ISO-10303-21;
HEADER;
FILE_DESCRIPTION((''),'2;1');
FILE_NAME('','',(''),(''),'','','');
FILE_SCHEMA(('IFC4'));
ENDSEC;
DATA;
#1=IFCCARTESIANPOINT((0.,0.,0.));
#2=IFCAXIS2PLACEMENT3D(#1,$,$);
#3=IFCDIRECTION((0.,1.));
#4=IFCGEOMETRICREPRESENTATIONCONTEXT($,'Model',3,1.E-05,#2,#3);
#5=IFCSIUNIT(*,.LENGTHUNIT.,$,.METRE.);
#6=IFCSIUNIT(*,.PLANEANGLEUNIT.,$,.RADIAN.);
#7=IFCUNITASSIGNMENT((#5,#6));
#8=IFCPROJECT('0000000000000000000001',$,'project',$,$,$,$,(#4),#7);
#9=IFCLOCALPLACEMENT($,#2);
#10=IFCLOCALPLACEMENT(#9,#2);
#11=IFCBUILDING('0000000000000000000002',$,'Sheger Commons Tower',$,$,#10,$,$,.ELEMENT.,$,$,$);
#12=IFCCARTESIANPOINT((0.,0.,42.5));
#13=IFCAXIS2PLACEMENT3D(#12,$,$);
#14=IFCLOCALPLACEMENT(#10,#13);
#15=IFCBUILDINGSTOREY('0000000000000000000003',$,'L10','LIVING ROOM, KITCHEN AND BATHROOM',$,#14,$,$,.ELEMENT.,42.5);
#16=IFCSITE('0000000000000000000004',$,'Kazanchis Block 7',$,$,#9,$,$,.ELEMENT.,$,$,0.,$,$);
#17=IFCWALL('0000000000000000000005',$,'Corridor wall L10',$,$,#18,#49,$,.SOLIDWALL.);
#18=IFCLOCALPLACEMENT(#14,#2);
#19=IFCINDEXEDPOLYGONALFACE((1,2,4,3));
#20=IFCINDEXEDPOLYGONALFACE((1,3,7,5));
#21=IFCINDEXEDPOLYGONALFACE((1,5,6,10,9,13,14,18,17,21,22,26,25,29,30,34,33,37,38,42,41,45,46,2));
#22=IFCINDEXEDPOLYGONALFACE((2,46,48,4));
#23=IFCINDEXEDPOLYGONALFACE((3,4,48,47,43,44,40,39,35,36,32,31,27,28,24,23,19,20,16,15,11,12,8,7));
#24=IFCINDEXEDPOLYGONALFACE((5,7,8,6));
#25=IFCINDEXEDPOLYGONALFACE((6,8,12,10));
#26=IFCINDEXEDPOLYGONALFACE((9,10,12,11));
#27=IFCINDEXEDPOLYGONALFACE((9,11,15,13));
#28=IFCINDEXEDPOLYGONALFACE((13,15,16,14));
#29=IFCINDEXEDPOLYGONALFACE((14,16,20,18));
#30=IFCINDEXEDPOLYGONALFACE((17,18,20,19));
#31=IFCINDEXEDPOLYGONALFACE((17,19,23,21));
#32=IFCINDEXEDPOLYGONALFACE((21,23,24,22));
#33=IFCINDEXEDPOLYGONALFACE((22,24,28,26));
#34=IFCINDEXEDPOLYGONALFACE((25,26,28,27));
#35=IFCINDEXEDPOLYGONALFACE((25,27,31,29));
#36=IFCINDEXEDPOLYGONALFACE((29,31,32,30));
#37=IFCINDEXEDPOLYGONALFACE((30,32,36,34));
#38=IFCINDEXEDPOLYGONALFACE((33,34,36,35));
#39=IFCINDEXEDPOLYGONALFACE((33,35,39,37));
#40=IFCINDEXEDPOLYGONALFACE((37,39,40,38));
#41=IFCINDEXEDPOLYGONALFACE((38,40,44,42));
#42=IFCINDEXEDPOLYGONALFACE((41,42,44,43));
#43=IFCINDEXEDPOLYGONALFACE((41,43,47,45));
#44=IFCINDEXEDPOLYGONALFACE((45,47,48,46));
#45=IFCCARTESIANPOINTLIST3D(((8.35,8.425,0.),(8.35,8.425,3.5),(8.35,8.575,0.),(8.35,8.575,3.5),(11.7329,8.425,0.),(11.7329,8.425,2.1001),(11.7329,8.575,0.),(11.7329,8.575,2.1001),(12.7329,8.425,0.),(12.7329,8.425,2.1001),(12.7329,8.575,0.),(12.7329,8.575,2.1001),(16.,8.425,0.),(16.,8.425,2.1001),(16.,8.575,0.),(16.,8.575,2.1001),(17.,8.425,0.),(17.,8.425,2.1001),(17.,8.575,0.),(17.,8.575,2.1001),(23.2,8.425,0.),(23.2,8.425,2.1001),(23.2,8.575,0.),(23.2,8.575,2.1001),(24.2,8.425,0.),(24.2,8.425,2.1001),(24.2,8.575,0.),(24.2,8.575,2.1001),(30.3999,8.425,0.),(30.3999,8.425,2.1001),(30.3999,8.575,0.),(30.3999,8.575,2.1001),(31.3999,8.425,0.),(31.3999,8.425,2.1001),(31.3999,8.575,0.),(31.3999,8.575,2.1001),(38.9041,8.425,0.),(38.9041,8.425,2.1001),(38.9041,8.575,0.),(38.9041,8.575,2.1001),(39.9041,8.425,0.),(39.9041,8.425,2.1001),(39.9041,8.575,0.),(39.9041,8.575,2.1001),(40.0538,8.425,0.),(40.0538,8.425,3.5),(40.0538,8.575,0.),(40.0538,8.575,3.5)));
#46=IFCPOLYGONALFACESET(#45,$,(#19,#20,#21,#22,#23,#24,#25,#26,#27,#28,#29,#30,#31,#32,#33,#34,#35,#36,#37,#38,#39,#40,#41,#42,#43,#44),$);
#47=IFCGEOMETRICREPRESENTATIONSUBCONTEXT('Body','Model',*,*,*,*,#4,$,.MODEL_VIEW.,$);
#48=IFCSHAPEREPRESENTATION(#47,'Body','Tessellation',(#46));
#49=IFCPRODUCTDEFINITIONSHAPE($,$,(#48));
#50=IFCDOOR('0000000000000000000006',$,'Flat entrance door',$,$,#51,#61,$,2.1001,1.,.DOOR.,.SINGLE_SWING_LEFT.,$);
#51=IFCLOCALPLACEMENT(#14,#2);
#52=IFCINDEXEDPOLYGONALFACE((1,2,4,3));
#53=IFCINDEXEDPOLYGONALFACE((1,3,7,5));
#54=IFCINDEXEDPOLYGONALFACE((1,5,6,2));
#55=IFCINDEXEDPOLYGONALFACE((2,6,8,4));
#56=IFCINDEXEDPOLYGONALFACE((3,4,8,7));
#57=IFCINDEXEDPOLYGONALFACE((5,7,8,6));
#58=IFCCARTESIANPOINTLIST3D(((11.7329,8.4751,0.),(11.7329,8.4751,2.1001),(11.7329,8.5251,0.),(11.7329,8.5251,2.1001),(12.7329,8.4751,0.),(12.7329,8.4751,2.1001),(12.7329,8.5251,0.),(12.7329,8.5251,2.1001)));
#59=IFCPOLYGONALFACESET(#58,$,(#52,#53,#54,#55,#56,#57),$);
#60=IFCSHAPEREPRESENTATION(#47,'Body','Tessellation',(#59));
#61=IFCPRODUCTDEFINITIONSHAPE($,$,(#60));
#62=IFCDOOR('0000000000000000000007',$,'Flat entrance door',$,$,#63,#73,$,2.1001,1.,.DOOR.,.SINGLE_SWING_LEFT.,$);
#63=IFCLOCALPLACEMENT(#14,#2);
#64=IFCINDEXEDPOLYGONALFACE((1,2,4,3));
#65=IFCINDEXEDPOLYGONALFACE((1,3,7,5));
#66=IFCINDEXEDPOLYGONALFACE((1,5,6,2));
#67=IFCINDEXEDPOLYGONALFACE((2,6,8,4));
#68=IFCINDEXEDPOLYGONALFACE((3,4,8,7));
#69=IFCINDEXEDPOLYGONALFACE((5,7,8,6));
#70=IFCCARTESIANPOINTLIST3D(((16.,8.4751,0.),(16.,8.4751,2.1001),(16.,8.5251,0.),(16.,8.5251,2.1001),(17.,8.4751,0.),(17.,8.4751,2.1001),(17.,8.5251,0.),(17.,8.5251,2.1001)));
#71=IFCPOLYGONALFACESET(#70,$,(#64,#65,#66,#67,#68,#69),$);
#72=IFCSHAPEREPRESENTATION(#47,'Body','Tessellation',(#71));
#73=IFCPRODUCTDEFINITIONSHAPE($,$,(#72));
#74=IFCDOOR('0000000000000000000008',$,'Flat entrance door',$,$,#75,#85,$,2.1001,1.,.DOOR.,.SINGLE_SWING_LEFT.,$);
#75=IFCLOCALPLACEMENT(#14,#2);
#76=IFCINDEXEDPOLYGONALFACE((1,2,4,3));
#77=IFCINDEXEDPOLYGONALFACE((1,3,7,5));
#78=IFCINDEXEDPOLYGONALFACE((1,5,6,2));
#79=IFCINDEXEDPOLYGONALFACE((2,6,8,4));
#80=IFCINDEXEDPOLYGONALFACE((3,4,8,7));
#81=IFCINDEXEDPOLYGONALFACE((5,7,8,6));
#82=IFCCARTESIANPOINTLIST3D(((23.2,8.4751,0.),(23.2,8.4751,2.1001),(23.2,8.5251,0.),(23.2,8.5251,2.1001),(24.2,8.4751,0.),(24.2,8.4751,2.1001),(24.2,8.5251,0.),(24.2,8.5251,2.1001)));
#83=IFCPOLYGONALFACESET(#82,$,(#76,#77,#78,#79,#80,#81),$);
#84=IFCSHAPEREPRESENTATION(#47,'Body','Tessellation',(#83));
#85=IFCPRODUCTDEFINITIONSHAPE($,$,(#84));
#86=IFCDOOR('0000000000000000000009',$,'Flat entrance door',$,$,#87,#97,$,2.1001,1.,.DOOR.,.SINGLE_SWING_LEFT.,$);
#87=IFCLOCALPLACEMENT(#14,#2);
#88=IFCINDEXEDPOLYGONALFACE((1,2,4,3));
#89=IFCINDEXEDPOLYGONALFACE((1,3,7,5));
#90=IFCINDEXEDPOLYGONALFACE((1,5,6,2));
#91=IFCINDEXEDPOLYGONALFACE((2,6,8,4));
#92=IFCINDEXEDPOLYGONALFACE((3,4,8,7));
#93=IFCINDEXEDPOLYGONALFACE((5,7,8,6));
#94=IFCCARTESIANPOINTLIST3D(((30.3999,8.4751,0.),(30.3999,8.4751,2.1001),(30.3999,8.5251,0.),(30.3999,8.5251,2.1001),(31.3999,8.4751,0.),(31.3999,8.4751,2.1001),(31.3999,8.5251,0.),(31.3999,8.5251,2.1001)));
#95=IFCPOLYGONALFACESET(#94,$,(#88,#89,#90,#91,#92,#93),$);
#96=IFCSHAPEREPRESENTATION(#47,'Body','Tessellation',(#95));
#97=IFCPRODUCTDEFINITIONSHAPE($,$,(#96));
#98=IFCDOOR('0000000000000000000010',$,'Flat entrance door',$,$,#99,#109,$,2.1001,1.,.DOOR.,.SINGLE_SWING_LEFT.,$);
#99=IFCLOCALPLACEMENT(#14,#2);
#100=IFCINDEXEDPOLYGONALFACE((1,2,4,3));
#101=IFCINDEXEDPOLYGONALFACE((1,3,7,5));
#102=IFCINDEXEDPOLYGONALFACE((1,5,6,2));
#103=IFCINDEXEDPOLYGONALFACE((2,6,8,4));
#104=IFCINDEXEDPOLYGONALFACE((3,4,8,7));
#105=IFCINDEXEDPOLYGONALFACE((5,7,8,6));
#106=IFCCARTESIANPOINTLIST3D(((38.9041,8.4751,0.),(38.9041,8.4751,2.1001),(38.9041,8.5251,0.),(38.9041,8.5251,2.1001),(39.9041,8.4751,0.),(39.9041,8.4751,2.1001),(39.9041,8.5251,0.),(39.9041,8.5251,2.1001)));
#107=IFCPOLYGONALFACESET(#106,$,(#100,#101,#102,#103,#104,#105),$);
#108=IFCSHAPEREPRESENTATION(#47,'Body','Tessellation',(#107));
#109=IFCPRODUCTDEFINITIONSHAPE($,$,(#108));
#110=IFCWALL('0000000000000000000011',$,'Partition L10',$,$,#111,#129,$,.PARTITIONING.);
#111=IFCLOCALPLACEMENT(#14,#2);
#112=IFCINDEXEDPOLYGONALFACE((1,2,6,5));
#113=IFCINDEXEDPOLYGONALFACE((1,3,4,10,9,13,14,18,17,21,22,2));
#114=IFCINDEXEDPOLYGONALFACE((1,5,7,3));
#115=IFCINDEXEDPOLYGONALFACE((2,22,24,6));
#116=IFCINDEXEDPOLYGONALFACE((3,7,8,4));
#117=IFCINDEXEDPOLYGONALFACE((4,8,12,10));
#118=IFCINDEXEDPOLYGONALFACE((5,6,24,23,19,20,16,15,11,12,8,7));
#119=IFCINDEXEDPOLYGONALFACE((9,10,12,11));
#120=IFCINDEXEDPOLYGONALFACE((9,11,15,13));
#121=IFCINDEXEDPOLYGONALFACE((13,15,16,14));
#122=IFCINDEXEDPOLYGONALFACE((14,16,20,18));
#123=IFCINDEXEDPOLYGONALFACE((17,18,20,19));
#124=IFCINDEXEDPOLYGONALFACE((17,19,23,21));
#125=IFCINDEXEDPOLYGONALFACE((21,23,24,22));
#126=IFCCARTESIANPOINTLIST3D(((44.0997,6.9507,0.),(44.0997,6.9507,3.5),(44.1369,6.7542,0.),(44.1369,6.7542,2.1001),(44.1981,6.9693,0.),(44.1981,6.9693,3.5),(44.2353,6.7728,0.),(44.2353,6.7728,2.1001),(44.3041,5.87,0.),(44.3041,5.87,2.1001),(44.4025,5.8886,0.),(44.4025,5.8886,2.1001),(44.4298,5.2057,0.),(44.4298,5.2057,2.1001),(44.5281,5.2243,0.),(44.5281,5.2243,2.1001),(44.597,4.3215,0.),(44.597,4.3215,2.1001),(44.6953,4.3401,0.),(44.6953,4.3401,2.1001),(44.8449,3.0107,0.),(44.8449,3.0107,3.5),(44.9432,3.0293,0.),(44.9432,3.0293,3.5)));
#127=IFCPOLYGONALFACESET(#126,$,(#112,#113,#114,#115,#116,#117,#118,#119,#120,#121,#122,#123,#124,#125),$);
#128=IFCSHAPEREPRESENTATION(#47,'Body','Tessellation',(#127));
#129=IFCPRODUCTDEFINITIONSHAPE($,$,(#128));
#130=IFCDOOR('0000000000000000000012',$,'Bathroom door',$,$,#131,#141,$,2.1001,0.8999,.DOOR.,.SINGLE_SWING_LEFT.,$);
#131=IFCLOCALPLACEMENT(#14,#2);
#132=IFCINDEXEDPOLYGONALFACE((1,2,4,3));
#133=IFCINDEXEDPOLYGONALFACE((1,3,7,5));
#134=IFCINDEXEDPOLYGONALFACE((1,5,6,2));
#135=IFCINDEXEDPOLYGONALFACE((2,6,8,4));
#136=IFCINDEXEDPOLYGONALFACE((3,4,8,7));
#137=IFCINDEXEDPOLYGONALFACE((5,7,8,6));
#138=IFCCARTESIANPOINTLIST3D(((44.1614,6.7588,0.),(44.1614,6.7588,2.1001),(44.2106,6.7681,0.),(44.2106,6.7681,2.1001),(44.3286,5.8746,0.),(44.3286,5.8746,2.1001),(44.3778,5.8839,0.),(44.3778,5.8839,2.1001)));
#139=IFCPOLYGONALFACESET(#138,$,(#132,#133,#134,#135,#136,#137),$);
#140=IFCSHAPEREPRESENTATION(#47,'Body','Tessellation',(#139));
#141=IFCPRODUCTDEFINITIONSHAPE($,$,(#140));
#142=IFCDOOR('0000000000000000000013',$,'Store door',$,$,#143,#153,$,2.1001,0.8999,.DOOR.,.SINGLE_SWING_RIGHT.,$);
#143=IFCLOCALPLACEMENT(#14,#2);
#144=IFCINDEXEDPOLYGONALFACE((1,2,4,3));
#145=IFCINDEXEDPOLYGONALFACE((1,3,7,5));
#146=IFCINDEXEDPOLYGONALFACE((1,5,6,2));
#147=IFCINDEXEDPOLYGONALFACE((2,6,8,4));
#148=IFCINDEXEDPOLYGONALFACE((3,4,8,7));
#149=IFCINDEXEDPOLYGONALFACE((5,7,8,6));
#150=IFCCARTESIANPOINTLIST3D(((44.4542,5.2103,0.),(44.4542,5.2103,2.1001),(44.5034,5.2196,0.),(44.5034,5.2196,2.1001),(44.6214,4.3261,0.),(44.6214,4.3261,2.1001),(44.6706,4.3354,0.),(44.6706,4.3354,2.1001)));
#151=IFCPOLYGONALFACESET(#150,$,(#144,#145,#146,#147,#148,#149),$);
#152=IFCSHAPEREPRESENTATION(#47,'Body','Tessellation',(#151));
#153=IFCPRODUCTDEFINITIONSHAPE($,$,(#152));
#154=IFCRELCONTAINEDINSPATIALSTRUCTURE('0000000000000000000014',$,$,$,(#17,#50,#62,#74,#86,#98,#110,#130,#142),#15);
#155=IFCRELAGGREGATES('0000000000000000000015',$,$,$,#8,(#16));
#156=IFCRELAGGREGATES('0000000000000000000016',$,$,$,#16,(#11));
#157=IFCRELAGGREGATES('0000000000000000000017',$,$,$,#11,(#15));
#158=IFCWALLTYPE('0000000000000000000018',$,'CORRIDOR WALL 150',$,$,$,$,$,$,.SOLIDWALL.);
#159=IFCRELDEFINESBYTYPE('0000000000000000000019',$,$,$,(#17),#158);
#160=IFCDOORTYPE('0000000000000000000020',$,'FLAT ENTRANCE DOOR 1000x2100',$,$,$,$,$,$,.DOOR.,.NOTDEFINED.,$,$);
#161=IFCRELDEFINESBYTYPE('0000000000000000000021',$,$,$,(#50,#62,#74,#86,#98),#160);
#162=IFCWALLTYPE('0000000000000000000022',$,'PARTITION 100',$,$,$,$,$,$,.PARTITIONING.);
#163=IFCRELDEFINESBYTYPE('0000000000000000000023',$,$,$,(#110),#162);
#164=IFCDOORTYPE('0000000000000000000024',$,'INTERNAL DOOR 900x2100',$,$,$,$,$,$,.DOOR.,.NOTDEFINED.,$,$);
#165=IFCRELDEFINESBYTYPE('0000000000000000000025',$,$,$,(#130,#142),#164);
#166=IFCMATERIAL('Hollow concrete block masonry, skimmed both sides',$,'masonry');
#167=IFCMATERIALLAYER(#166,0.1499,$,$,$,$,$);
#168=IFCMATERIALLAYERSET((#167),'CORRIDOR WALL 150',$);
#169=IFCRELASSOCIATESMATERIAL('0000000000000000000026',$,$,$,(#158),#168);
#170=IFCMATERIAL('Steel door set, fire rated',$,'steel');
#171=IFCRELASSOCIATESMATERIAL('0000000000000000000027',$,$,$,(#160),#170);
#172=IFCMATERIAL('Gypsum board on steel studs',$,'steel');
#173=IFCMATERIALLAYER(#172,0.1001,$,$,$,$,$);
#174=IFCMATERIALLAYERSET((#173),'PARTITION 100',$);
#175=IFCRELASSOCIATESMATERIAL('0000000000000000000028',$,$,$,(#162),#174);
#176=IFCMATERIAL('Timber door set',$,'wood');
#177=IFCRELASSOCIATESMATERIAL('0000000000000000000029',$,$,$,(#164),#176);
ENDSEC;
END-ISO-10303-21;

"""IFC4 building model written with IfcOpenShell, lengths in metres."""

from ifc_helpers import new_model, si_unit, direction, frame, frame_2d, origin, place, context, subcontext, project, spatial, rectangle, extrude, material, layer, layer_set, type_object, element, fill, save


model = new_model("IFC4")

# Units and contexts
model_context = context("Model", 3, precision=1e-05, world=origin(), true_north=direction((0.0, 1.0)))
body_context = subcontext(model_context, "Body", "Model", "MODEL_VIEW")
ifc_project = project(units=[si_unit("LENGTHUNIT", "METRE"), si_unit("PLANEANGLEUNIT", "RADIAN")], contexts=[model_context])

# Site, building, storey
site_placement = place(None, origin())
site = spatial("IfcSite", under=ifc_project, at=site_placement, Name="Kazanchis Block 7", CompositionType="ELEMENT", RefElevation=0.0)
building_placement = place(site_placement, origin())
building = spatial("IfcBuilding", under=site, at=building_placement, Name="Sheger Commons Tower", CompositionType="ELEMENT")
storey_placement = place(building_placement, frame((0.0, 0.0, 42.5)))
storey = spatial("IfcBuildingStorey", under=building, at=storey_placement, Name="L10", Description="LIVING ROOM, KITCHEN AND BATHROOM", CompositionType="ELEMENT", Elevation=42.5)

# Walls, openings, doors
ifc_material_1 = material(Name="Hollow concrete block masonry, skimmed both sides", Category="masonry")
ifc_layer_1 = layer(ifc_material_1, 0.1499)
ifc_layer_set_1 = layer_set([ifc_layer_1], Name="CORRIDOR WALL 150")
wall_type_1 = type_object("IfcWallType", Name="CORRIDOR WALL 150", PredefinedType="SOLIDWALL", material=ifc_layer_set_1)
wall_1_placement = place(storey_placement, frame((40.054, 8.5, 0.0), z_axis=(0.0, 0.0, 1.0), x_axis=(-1.0, 0.0, 0.0)))
wall_1 = element("IfcWall", 1, at=wall_1_placement, inside=storey, type_object=wall_type_1, Name="Corridor wall L10", PredefinedType="SOLIDWALL", context=body_context, shape_type="SweptSolid", body=[
    extrude(rectangle(XDim=31.7039, YDim=0.1499, at=frame_2d((15.8521, 0.0))), origin(), (0.0, 0.0, 1.0), 3.5),
])
opening_1_placement = place(wall_1_placement, frame((27.321, 0.0, 0.0)))
opening_1 = element("IfcOpeningElement", 2, at=opening_1_placement, cuts=wall_1, PredefinedType="OPENING", context=body_context, shape_type="SweptSolid", body=[
    extrude(rectangle(XDim=1.0, YDim=2.1001, at=frame_2d((0.5, 1.05))), frame((0.0, 0.085, 0.0), z_axis=(0.0, -1.0, 0.0), x_axis=(1.0, 0.0, 0.0)), (0.0, 0.0, 1.0), 0.1699),
])
opening_2_placement = place(wall_1_placement, frame((23.054, 0.0, 0.0)))
opening_2 = element("IfcOpeningElement", 3, at=opening_2_placement, cuts=wall_1, PredefinedType="OPENING", context=body_context, shape_type="SweptSolid", body=[
    extrude(rectangle(XDim=1.0, YDim=2.1001, at=frame_2d((0.5, 1.05))), frame((0.0, 0.085, 0.0), z_axis=(0.0, -1.0, 0.0), x_axis=(1.0, 0.0, 0.0)), (0.0, 0.0, 1.0), 0.1699),
])
opening_3_placement = place(wall_1_placement, frame((15.854, 0.0, 0.0)))
opening_3 = element("IfcOpeningElement", 4, at=opening_3_placement, cuts=wall_1, PredefinedType="OPENING", context=body_context, shape_type="SweptSolid", body=[
    extrude(rectangle(XDim=1.0, YDim=2.1001, at=frame_2d((0.5, 1.05))), frame((0.0, 0.085, 0.0), z_axis=(0.0, -1.0, 0.0), x_axis=(1.0, 0.0, 0.0)), (0.0, 0.0, 1.0), 0.1699),
])
opening_4_placement = place(wall_1_placement, frame((8.6541, 0.0, 0.0)))
opening_4 = element("IfcOpeningElement", 5, at=opening_4_placement, cuts=wall_1, PredefinedType="OPENING", context=body_context, shape_type="SweptSolid", body=[
    extrude(rectangle(XDim=1.0, YDim=2.1001, at=frame_2d((0.5, 1.05))), frame((0.0, 0.085, 0.0), z_axis=(0.0, -1.0, 0.0), x_axis=(1.0, 0.0, 0.0)), (0.0, 0.0, 1.0), 0.1699),
])
opening_5_placement = place(wall_1_placement, frame((0.1499, 0.0, 0.0)))
opening_5 = element("IfcOpeningElement", 6, at=opening_5_placement, cuts=wall_1, PredefinedType="OPENING", context=body_context, shape_type="SweptSolid", body=[
    extrude(rectangle(XDim=1.0, YDim=2.1001, at=frame_2d((0.5, 1.05))), frame((0.0, 0.085, 0.0), z_axis=(0.0, -1.0, 0.0), x_axis=(1.0, 0.0, 0.0)), (0.0, 0.0, 1.0), 0.1699),
])
ifc_material_2 = material(Name="Steel door set, fire rated", Category="steel")
door_type_1 = type_object("IfcDoorType", Name="FLAT ENTRANCE DOOR 1000x2100", OperationType="NOTDEFINED", PredefinedType="DOOR", material=ifc_material_2)
door_1_placement = place(opening_1_placement, origin())
door_1 = element("IfcDoor", 7, at=door_1_placement, inside=storey, type_object=door_type_1, Name="Flat entrance door", OperationType="SINGLE_SWING_LEFT", OverallHeight=2.1001, OverallWidth=1.0, PredefinedType="DOOR", context=body_context, shape_type="SweptSolid", body=[
    extrude(rectangle(XDim=1.0, YDim=2.1001, at=frame_2d((0.5, 1.05))), frame((0.0, 0.0249, 0.0), z_axis=(0.0, -1.0, 0.0), x_axis=(1.0, 0.0, 0.0)), (0.0, 0.0, 1.0), 0.05),
])
fill(opening_1, door_1)
door_2_placement = place(opening_2_placement, origin())
door_2 = element("IfcDoor", 8, at=door_2_placement, inside=storey, type_object=door_type_1, Name="Flat entrance door", OperationType="SINGLE_SWING_LEFT", OverallHeight=2.1001, OverallWidth=1.0, PredefinedType="DOOR", context=body_context, shape_type="SweptSolid", body=[
    extrude(rectangle(XDim=1.0, YDim=2.1001, at=frame_2d((0.5, 1.05))), frame((0.0, 0.0249, 0.0), z_axis=(0.0, -1.0, 0.0), x_axis=(1.0, 0.0, 0.0)), (0.0, 0.0, 1.0), 0.05),
])
fill(opening_2, door_2)
door_3_placement = place(opening_3_placement, origin())
door_3 = element("IfcDoor", 9, at=door_3_placement, inside=storey, type_object=door_type_1, Name="Flat entrance door", OperationType="SINGLE_SWING_LEFT", OverallHeight=2.1001, OverallWidth=1.0, PredefinedType="DOOR", context=body_context, shape_type="SweptSolid", body=[
    extrude(rectangle(XDim=1.0, YDim=2.1001, at=frame_2d((0.5, 1.05))), frame((0.0, 0.0249, 0.0), z_axis=(0.0, -1.0, 0.0), x_axis=(1.0, 0.0, 0.0)), (0.0, 0.0, 1.0), 0.05),
])
fill(opening_3, door_3)
door_4_placement = place(opening_4_placement, origin())
door_4 = element("IfcDoor", 10, at=door_4_placement, inside=storey, type_object=door_type_1, Name="Flat entrance door", OperationType="SINGLE_SWING_LEFT", OverallHeight=2.1001, OverallWidth=1.0, PredefinedType="DOOR", context=body_context, shape_type="SweptSolid", body=[
    extrude(rectangle(XDim=1.0, YDim=2.1001, at=frame_2d((0.5, 1.05))), frame((0.0, 0.0249, 0.0), z_axis=(0.0, -1.0, 0.0), x_axis=(1.0, 0.0, 0.0)), (0.0, 0.0, 1.0), 0.05),
])
fill(opening_4, door_4)
door_5_placement = place(opening_5_placement, origin())
door_5 = element("IfcDoor", 11, at=door_5_placement, inside=storey, type_object=door_type_1, Name="Flat entrance door", OperationType="SINGLE_SWING_LEFT", OverallHeight=2.1001, OverallWidth=1.0, PredefinedType="DOOR", context=body_context, shape_type="SweptSolid", body=[
    extrude(rectangle(XDim=1.0, YDim=2.1001, at=frame_2d((0.5, 1.05))), frame((0.0, 0.0249, 0.0), z_axis=(0.0, -1.0, 0.0), x_axis=(1.0, 0.0, 0.0)), (0.0, 0.0, 1.0), 0.05),
])
fill(opening_5, door_5)
ifc_material_3 = material(Name="Gypsum board on steel studs", Category="steel")
ifc_layer_2 = layer(ifc_material_3, 0.1001)
ifc_layer_set_2 = layer_set([ifc_layer_2], Name="PARTITION 100")
wall_type_2 = type_object("IfcWallType", Name="PARTITION 100", PredefinedType="PARTITIONING", material=ifc_layer_set_2)
wall_2_placement = place(storey_placement, frame((44.1489, 6.96, 0.0), z_axis=(0.0, 0.0, 1.0), x_axis=(0.185825, -0.982583, 0.0)))
wall_2 = element("IfcWall", 12, at=wall_2_placement, inside=storey, type_object=wall_type_2, Name="Partition L10", PredefinedType="PARTITIONING", context=body_context, shape_type="SweptSolid", body=[
    extrude(rectangle(XDim=4.0098, YDim=0.1001, at=frame_2d((2.0049, 0.0))), origin(), (0.0, 0.0, 1.0), 3.5),
])
opening_6_placement = place(wall_2_placement, frame((0.2, 0.0, 0.0)))
opening_6 = element("IfcOpeningElement", 13, at=opening_6_placement, cuts=wall_2, PredefinedType="OPENING", context=body_context, shape_type="SweptSolid", body=[
    extrude(rectangle(XDim=0.8999, YDim=2.1001, at=frame_2d((0.45, 1.05))), frame((0.0, 0.0601, 0.0), z_axis=(0.0, -1.0, 0.0), x_axis=(1.0, 0.0, 0.0)), (0.0, 0.0, 1.0), 0.1201),
])
opening_7_placement = place(wall_2_placement, frame((1.7759, 0.0, 0.0)))
opening_7 = element("IfcOpeningElement", 14, at=opening_7_placement, cuts=wall_2, PredefinedType="OPENING", context=body_context, shape_type="SweptSolid", body=[
    extrude(rectangle(XDim=0.8999, YDim=2.1001, at=frame_2d((0.45, 1.05))), frame((0.0, 0.0601, 0.0), z_axis=(0.0, -1.0, 0.0), x_axis=(1.0, 0.0, 0.0)), (0.0, 0.0, 1.0), 0.1201),
])
ifc_material_4 = material(Name="Timber door set", Category="wood")
door_type_2 = type_object("IfcDoorType", Name="INTERNAL DOOR 900x2100", OperationType="NOTDEFINED", PredefinedType="DOOR", material=ifc_material_4)
door_6_placement = place(opening_6_placement, origin())
door_6 = element("IfcDoor", 15, at=door_6_placement, inside=storey, type_object=door_type_2, Name="Bathroom door", OperationType="SINGLE_SWING_LEFT", OverallHeight=2.1001, OverallWidth=0.8999, PredefinedType="DOOR", context=body_context, shape_type="SweptSolid", body=[
    extrude(rectangle(XDim=0.8999, YDim=2.1001, at=frame_2d((0.45, 1.05))), frame((0.0, 0.0249, 0.0), z_axis=(0.0, -1.0, 0.0), x_axis=(1.0, 0.0, 0.0)), (0.0, 0.0, 1.0), 0.05),
])
fill(opening_6, door_6)
door_7_placement = place(opening_7_placement, origin())
door_7 = element("IfcDoor", 16, at=door_7_placement, inside=storey, type_object=door_type_2, Name="Store door", OperationType="SINGLE_SWING_RIGHT", OverallHeight=2.1001, OverallWidth=0.8999, PredefinedType="DOOR", context=body_context, shape_type="SweptSolid", body=[
    extrude(rectangle(XDim=0.8999, YDim=2.1001, at=frame_2d((0.45, 1.05))), frame((0.0, 0.0249, 0.0), z_axis=(0.0, -1.0, 0.0), x_axis=(1.0, 0.0, 0.0)), (0.0, 0.0, 1.0), 0.05),
])
fill(opening_7, door_7)

save(model, "model.ifc")
